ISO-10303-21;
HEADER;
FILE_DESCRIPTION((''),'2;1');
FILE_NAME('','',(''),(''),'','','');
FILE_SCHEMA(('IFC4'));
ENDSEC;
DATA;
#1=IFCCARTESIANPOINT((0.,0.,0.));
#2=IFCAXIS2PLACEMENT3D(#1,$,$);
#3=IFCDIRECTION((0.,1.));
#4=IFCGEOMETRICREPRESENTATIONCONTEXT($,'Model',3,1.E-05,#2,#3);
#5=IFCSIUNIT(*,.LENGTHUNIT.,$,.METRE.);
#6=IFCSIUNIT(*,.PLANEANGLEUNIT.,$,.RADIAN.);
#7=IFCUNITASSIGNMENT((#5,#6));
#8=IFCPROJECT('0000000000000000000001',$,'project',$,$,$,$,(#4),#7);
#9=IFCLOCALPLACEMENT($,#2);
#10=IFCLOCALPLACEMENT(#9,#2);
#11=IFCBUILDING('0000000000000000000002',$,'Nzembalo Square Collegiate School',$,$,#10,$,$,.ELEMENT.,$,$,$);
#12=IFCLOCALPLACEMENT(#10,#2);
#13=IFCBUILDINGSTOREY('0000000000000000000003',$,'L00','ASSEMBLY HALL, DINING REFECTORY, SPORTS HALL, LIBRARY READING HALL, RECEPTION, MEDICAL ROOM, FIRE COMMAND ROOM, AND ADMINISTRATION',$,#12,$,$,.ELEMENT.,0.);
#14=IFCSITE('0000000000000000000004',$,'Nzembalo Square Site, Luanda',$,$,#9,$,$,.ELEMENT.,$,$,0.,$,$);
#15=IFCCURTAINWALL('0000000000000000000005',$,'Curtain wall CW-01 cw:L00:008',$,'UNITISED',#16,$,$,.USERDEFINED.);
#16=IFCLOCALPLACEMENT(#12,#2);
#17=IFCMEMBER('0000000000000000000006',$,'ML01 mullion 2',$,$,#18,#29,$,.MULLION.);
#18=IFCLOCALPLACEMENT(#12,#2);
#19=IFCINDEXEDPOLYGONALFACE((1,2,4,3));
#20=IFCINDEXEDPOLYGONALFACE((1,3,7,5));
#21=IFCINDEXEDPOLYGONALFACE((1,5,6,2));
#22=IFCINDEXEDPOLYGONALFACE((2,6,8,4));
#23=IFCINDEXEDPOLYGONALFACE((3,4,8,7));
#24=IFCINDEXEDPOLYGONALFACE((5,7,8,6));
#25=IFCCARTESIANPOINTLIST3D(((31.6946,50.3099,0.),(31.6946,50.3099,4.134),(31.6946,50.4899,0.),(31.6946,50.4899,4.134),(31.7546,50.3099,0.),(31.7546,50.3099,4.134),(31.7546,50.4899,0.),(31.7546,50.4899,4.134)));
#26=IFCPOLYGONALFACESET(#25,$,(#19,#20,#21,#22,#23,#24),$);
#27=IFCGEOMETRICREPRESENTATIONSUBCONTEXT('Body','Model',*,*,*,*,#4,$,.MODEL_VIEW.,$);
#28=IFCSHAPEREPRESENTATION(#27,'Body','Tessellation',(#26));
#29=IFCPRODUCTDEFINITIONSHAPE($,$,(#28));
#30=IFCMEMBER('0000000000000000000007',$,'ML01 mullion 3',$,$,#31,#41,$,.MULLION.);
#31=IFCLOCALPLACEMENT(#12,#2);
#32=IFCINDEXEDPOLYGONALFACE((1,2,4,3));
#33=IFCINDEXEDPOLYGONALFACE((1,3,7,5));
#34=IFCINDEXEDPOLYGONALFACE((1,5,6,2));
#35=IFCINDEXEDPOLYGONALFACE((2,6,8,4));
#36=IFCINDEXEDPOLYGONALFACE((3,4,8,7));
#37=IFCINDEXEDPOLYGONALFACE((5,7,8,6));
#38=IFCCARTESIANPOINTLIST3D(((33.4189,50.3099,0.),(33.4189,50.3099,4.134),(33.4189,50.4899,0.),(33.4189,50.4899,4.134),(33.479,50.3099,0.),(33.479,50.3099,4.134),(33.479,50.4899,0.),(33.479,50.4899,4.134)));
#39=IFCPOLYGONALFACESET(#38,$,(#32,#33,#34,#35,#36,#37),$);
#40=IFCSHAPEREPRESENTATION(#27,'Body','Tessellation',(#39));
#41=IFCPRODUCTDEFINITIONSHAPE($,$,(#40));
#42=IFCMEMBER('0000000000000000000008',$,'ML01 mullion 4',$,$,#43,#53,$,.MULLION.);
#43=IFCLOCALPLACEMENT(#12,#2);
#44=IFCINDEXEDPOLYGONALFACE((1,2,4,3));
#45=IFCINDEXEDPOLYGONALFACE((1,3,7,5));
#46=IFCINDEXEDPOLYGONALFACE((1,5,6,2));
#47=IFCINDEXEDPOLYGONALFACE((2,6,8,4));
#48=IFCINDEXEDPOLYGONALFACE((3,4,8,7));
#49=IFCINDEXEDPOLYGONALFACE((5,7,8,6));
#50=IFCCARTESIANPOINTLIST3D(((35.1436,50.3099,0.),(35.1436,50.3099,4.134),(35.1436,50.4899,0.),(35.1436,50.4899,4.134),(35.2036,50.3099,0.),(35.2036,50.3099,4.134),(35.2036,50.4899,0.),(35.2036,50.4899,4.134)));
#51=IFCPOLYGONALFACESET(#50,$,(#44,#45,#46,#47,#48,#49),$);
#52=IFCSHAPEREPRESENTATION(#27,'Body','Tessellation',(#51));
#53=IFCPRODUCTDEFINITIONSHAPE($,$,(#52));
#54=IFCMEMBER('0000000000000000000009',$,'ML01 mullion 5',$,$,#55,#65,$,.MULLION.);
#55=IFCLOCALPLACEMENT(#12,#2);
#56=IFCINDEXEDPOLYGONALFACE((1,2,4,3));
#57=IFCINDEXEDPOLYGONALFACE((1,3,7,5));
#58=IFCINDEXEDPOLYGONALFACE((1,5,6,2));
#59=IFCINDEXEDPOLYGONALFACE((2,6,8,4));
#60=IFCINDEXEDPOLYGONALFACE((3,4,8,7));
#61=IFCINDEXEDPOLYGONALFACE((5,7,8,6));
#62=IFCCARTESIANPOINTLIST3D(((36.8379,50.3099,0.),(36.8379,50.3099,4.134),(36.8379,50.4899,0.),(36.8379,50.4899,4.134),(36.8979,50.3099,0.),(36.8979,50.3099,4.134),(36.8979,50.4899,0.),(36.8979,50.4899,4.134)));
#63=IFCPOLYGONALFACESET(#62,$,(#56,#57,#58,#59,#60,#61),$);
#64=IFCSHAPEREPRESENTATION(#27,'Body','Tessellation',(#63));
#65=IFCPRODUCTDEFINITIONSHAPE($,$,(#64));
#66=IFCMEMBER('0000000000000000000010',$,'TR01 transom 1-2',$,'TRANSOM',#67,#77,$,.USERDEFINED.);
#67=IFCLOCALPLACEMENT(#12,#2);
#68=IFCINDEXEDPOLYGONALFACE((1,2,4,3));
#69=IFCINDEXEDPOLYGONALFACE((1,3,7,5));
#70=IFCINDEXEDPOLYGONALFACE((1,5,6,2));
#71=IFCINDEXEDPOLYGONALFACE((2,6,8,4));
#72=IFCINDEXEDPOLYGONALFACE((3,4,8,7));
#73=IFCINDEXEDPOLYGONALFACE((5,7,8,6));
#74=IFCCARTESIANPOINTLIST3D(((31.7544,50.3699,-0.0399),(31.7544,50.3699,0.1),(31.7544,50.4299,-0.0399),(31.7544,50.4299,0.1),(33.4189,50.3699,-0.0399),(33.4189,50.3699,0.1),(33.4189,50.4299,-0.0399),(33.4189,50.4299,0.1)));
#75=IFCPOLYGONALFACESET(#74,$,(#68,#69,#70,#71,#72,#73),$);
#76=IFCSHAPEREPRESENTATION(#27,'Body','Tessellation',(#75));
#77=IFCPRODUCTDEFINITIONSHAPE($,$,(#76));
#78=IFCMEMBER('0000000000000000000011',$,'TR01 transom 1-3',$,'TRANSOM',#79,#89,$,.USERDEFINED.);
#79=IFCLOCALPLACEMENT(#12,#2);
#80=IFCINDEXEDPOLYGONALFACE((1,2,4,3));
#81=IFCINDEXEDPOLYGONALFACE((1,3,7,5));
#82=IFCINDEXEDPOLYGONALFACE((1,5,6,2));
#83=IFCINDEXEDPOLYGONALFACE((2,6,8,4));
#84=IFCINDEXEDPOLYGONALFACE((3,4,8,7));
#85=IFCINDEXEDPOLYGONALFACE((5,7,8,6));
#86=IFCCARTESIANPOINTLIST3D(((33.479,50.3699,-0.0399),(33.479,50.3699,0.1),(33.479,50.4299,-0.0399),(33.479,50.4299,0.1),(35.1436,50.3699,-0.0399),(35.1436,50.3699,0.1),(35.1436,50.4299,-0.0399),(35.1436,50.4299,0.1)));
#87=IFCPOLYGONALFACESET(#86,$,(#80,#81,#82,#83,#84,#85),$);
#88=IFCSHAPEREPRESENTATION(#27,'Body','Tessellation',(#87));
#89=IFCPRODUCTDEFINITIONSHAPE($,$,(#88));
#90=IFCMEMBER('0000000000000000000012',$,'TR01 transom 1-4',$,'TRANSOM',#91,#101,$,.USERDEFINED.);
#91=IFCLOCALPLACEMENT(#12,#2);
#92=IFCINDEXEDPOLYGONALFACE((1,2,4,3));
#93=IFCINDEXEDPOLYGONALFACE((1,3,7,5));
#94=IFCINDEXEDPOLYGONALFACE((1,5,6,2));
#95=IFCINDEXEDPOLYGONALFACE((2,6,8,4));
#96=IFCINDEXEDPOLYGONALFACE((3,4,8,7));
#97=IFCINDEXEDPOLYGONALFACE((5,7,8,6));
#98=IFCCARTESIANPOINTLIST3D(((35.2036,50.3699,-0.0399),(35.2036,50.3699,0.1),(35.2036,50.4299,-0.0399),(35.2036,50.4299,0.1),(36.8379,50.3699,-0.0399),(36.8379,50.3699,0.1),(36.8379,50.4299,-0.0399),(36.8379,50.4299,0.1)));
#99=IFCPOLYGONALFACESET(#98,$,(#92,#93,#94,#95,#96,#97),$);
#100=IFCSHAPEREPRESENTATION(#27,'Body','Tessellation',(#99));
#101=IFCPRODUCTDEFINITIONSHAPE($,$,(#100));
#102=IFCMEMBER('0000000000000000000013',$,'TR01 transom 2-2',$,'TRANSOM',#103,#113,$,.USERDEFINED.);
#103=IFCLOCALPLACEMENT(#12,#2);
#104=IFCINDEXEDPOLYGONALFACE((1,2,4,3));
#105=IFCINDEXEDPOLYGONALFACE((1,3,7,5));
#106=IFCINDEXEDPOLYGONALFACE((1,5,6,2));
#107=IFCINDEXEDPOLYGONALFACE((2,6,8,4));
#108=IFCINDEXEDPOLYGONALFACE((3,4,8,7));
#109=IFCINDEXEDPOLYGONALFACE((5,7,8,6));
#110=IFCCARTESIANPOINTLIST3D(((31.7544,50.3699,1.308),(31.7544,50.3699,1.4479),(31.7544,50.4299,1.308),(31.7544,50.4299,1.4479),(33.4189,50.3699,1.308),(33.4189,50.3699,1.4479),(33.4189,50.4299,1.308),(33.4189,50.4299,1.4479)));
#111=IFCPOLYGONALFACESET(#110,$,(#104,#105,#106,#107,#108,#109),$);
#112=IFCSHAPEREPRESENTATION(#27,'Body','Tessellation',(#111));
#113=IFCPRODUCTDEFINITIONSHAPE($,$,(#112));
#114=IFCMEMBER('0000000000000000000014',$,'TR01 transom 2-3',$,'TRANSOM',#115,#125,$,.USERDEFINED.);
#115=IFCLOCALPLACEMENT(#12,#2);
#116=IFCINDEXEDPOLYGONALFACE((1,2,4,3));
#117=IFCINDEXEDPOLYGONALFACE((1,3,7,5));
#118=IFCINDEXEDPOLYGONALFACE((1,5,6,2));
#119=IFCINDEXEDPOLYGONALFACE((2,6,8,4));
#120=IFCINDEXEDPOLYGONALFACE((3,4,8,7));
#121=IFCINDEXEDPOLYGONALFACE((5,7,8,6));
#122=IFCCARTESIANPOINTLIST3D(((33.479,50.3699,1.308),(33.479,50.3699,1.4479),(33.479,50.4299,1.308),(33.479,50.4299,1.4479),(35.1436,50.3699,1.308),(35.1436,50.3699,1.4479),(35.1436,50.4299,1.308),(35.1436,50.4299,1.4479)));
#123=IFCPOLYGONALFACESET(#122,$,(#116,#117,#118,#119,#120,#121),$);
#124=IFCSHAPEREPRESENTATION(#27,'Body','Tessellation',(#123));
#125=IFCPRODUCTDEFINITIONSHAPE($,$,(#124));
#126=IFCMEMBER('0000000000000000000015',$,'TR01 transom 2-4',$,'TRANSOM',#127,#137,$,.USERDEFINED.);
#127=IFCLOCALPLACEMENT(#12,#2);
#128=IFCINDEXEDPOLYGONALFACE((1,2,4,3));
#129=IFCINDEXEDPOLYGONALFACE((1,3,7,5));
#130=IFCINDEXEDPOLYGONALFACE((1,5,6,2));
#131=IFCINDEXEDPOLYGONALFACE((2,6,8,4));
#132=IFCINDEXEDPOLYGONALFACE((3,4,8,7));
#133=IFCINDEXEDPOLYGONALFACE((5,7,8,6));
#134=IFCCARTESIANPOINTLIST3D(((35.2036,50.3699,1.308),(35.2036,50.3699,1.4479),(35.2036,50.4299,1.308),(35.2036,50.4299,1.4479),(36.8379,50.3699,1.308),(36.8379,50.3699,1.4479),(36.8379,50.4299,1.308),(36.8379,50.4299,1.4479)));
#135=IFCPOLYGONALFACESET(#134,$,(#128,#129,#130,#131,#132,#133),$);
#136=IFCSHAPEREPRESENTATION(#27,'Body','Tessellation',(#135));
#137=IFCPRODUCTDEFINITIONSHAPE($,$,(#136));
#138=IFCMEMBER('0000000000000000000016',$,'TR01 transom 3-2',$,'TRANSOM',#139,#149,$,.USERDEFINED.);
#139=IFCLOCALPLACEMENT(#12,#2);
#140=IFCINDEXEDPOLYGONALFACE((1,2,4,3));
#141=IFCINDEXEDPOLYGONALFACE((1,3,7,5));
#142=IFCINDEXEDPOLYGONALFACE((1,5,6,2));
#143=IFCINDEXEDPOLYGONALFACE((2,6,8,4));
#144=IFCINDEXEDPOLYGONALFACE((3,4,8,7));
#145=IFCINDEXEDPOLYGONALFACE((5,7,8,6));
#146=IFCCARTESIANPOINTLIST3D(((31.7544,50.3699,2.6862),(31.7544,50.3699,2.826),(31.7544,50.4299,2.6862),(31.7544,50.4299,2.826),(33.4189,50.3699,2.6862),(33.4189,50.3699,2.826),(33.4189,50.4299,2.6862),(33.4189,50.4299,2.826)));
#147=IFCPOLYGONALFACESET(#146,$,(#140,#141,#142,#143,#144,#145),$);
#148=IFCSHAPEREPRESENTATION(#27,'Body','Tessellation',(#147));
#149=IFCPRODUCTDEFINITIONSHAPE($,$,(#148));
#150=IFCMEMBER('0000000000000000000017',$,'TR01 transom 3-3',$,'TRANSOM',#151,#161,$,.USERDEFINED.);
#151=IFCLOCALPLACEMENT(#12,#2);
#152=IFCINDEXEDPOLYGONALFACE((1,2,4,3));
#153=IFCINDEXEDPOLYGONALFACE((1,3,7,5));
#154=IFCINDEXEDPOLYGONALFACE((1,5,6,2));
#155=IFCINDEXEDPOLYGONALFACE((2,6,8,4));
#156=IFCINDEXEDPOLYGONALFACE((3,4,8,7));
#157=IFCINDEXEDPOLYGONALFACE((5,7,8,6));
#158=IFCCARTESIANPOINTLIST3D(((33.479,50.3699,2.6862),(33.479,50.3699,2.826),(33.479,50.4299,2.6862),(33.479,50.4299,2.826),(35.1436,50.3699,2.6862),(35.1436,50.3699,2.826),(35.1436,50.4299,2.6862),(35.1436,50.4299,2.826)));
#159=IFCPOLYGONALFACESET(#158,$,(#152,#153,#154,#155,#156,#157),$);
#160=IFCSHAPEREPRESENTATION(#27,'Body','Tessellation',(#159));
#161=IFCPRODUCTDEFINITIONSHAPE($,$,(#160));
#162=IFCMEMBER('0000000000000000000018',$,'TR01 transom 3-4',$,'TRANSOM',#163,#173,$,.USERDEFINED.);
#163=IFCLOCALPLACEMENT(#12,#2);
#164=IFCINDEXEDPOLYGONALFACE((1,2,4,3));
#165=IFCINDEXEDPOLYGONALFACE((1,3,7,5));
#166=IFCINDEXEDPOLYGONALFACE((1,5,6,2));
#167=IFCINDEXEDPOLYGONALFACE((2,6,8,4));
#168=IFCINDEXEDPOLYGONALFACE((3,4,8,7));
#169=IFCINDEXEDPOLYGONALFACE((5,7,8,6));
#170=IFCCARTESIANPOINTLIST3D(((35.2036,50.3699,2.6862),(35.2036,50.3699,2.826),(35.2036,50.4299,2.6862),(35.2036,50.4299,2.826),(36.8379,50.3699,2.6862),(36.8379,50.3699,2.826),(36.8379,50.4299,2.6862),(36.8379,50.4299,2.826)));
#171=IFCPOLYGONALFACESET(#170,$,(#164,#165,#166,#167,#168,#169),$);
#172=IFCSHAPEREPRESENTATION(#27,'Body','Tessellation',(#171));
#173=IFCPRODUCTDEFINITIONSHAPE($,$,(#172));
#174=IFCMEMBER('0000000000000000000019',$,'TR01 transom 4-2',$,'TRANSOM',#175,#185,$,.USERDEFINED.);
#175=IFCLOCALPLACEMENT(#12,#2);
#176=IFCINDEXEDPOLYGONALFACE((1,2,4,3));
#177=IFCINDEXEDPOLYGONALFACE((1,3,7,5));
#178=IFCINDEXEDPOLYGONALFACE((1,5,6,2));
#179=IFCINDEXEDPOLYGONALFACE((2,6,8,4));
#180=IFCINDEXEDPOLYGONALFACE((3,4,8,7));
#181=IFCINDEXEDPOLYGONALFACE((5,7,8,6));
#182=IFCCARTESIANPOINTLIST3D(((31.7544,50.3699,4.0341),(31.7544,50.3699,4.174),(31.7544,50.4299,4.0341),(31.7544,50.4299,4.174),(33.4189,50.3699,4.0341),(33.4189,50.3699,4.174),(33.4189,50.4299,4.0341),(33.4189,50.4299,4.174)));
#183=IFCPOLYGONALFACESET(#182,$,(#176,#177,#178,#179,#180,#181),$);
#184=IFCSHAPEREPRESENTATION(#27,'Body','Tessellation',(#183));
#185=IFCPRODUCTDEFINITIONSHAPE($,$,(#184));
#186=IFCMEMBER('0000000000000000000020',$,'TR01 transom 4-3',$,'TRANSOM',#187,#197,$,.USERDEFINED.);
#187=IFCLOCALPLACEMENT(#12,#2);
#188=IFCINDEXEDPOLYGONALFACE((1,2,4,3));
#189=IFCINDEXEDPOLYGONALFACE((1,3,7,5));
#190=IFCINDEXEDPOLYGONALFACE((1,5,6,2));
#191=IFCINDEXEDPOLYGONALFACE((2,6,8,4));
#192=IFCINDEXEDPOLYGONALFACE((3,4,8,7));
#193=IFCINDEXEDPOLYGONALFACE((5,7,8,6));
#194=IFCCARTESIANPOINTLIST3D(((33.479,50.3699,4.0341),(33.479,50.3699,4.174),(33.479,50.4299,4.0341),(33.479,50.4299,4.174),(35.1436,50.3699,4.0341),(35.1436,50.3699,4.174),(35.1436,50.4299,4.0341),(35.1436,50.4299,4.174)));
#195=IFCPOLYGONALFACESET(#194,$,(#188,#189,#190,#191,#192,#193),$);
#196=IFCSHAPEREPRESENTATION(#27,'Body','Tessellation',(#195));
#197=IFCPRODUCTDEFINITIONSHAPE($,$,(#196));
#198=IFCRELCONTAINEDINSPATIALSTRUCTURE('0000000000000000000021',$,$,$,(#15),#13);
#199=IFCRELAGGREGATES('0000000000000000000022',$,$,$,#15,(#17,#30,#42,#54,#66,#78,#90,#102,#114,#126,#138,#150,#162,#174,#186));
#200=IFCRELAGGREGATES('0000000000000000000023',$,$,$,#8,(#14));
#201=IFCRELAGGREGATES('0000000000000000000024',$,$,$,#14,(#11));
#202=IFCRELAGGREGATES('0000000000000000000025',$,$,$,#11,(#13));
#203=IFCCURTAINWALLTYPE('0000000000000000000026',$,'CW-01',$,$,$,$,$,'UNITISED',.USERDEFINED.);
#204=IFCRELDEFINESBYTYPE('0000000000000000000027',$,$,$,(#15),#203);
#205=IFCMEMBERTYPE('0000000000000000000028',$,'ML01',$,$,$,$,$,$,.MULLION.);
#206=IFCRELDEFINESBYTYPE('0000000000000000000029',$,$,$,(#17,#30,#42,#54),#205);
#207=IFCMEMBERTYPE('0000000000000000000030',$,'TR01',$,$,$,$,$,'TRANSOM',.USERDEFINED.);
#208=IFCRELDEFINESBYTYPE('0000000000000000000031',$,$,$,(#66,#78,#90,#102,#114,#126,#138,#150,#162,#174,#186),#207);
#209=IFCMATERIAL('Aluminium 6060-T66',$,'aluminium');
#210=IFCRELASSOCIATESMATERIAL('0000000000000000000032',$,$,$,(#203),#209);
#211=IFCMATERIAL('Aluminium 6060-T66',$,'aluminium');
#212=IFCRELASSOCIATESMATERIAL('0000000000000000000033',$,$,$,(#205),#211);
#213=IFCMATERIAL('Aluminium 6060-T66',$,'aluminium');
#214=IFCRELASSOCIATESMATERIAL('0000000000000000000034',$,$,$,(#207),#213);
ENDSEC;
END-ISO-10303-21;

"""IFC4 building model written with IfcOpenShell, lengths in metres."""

from ifc_helpers import new_model, si_unit, direction, frame, origin, origin_2d, place, context, subcontext, project, spatial, rectangle, extrude, material, material_profile, profile_set, type_object, element, aggregate, save


model = new_model("IFC4")

# Units and contexts
model_context = context("Model", 3, precision=1e-05, world=origin(), true_north=direction((0.0, 1.0)))
body_context = subcontext(model_context, "Body", "Model", "MODEL_VIEW")
ifc_project = project(units=[si_unit("LENGTHUNIT", "METRE"), si_unit("PLANEANGLEUNIT", "RADIAN")], contexts=[model_context])

# Site, building, storey
site_placement = place(None, origin())
site = spatial("IfcSite", under=ifc_project, at=site_placement, Name="Nzembalo Square Site, Luanda", CompositionType="ELEMENT", RefElevation=0.0)
building_placement = place(site_placement, origin())
building = spatial("IfcBuilding", under=site, at=building_placement, Name="Nzembalo Square Collegiate School", CompositionType="ELEMENT")
storey_placement = place(building_placement, origin())
storey = spatial("IfcBuildingStorey", under=building, at=storey_placement, Name="L00", Description="ASSEMBLY HALL, DINING REFECTORY, SPORTS HALL, LIBRARY READING HALL, RECEPTION, MEDICAL ROOM, FIRE COMMAND ROOM, AND ADMINISTRATION", CompositionType="ELEMENT", Elevation=0.0)

# Curtain wall, members
ifc_material_1 = material(Name="Aluminium 6060-T66", Category="aluminium")
curtain_wall_type = type_object("IfcCurtainWallType", Name="CW-01", ElementType="UNITISED", PredefinedType="USERDEFINED", material=ifc_material_1)
curtain_wall_placement = place(storey_placement, origin())
curtain_wall = element("IfcCurtainWall", 1, at=curtain_wall_placement, inside=storey, type_object=curtain_wall_type, Name="Curtain wall CW-01 cw:L00:008", ObjectType="UNITISED", PredefinedType="USERDEFINED")
ifc_material_2 = material(Name="Aluminium 6060-T66", Category="aluminium")
ifc_material_profile_1 = material_profile(ifc_material_2, rectangle(XDim=0.0601, YDim=0.1799, at=origin_2d()), Name="ALU M60x180")
ifc_profile_set_1 = profile_set([ifc_material_profile_1], Name="Aluminium 6060-T66")
member_type_1 = type_object("IfcMemberType", Name="ML01", PredefinedType="MULLION", material=ifc_profile_set_1)
member_1_placement = place(storey_placement, frame((31.7246, 50.3999, 0.0), z_axis=(0.0, 0.0, 1.0), x_axis=(1.0, 0.0, 0.0)))
member_1 = element("IfcMember", 2, at=member_1_placement, type_object=member_type_1, Name="ML01 mullion 2", PredefinedType="MULLION", context=body_context, shape_type="SweptSolid", body=[
    extrude(rectangle(XDim=0.0601, YDim=0.1799, at=origin_2d()), origin(), (0.0, 0.0, 1.0), 4.134),
])
member_2_placement = place(storey_placement, frame((33.449, 50.3999, 0.0), z_axis=(0.0, 0.0, 1.0), x_axis=(1.0, 0.0, 0.0)))
member_2 = element("IfcMember", 3, at=member_2_placement, type_object=member_type_1, Name="ML01 mullion 3", PredefinedType="MULLION", context=body_context, shape_type="SweptSolid", body=[
    extrude(rectangle(XDim=0.0601, YDim=0.1799, at=origin_2d()), origin(), (0.0, 0.0, 1.0), 4.134),
])
member_3_placement = place(storey_placement, frame((35.1736, 50.3999, 0.0), z_axis=(0.0, 0.0, 1.0), x_axis=(1.0, 0.0, 0.0)))
member_3 = element("IfcMember", 4, at=member_3_placement, type_object=member_type_1, Name="ML01 mullion 4", PredefinedType="MULLION", context=body_context, shape_type="SweptSolid", body=[
    extrude(rectangle(XDim=0.0601, YDim=0.1799, at=origin_2d()), origin(), (0.0, 0.0, 1.0), 4.134),
])
member_4_placement = place(storey_placement, frame((36.8679, 50.3999, 0.0), z_axis=(0.0, 0.0, 1.0), x_axis=(1.0, 0.0, 0.0)))
member_4 = element("IfcMember", 5, at=member_4_placement, type_object=member_type_1, Name="ML01 mullion 5", PredefinedType="MULLION", context=body_context, shape_type="SweptSolid", body=[
    extrude(rectangle(XDim=0.0601, YDim=0.1799, at=origin_2d()), origin(), (0.0, 0.0, 1.0), 4.134),
])
ifc_material_3 = material(Name="Aluminium 6060-T66", Category="aluminium")
ifc_material_profile_2 = material_profile(ifc_material_3, rectangle(XDim=0.0601, YDim=0.1399, at=origin_2d()), Name="ALU T60x140")
ifc_profile_set_2 = profile_set([ifc_material_profile_2], Name="Aluminium 6060-T66")
member_type_2 = type_object("IfcMemberType", Name="TR01", ElementType="TRANSOM", PredefinedType="USERDEFINED", material=ifc_profile_set_2)
member_5_placement = place(storey_placement, frame((31.7544, 50.3999, 0.03), z_axis=(1.0, 0.0, 0.0), x_axis=(0.0, 1.0, 0.0)))
member_5 = element("IfcMember", 6, at=member_5_placement, type_object=member_type_2, Name="TR01 transom 1-2", ObjectType="TRANSOM", PredefinedType="USERDEFINED", context=body_context, shape_type="SweptSolid", body=[
    extrude(rectangle(XDim=0.0601, YDim=0.1399, at=origin_2d()), origin(), (0.0, 0.0, 1.0), 1.6646),
])
member_6_placement = place(storey_placement, frame((33.479, 50.3999, 0.03), z_axis=(1.0, 0.0, 0.0), x_axis=(0.0, 1.0, 0.0)))
member_6 = element("IfcMember", 7, at=member_6_placement, type_object=member_type_2, Name="TR01 transom 1-3", ObjectType="TRANSOM", PredefinedType="USERDEFINED", context=body_context, shape_type="SweptSolid", body=[
    extrude(rectangle(XDim=0.0601, YDim=0.1399, at=origin_2d()), origin(), (0.0, 0.0, 1.0), 1.6646),
])
member_7_placement = place(storey_placement, frame((35.2036, 50.3999, 0.03), z_axis=(1.0, 0.0, 0.0), x_axis=(0.0, 1.0, 0.0)))
member_7 = element("IfcMember", 8, at=member_7_placement, type_object=member_type_2, Name="TR01 transom 1-4", ObjectType="TRANSOM", PredefinedType="USERDEFINED", context=body_context, shape_type="SweptSolid", body=[
    extrude(rectangle(XDim=0.0601, YDim=0.1399, at=origin_2d()), origin(), (0.0, 0.0, 1.0), 1.6343),
])
member_8_placement = place(storey_placement, frame((31.7544, 50.3999, 1.3779), z_axis=(1.0, 0.0, 0.0), x_axis=(0.0, 1.0, 0.0)))
member_8 = element("IfcMember", 9, at=member_8_placement, type_object=member_type_2, Name="TR01 transom 2-2", ObjectType="TRANSOM", PredefinedType="USERDEFINED", context=body_context, shape_type="SweptSolid", body=[
    extrude(rectangle(XDim=0.0601, YDim=0.1399, at=origin_2d()), origin(), (0.0, 0.0, 1.0), 1.6646),
])
member_9_placement = place(storey_placement, frame((33.479, 50.3999, 1.3779), z_axis=(1.0, 0.0, 0.0), x_axis=(0.0, 1.0, 0.0)))
member_9 = element("IfcMember", 10, at=member_9_placement, type_object=member_type_2, Name="TR01 transom 2-3", ObjectType="TRANSOM", PredefinedType="USERDEFINED", context=body_context, shape_type="SweptSolid", body=[
    extrude(rectangle(XDim=0.0601, YDim=0.1399, at=origin_2d()), origin(), (0.0, 0.0, 1.0), 1.6646),
])
member_10_placement = place(storey_placement, frame((35.2036, 50.3999, 1.3779), z_axis=(1.0, 0.0, 0.0), x_axis=(0.0, 1.0, 0.0)))
member_10 = element("IfcMember", 11, at=member_10_placement, type_object=member_type_2, Name="TR01 transom 2-4", ObjectType="TRANSOM", PredefinedType="USERDEFINED", context=body_context, shape_type="SweptSolid", body=[
    extrude(rectangle(XDim=0.0601, YDim=0.1399, at=origin_2d()), origin(), (0.0, 0.0, 1.0), 1.6343),
])
member_11_placement = place(storey_placement, frame((31.7544, 50.3999, 2.7561), z_axis=(1.0, 0.0, 0.0), x_axis=(0.0, 1.0, 0.0)))
member_11 = element("IfcMember", 12, at=member_11_placement, type_object=member_type_2, Name="TR01 transom 3-2", ObjectType="TRANSOM", PredefinedType="USERDEFINED", context=body_context, shape_type="SweptSolid", body=[
    extrude(rectangle(XDim=0.0601, YDim=0.1399, at=origin_2d()), origin(), (0.0, 0.0, 1.0), 1.6646),
])
member_12_placement = place(storey_placement, frame((33.479, 50.3999, 2.7561), z_axis=(1.0, 0.0, 0.0), x_axis=(0.0, 1.0, 0.0)))
member_12 = element("IfcMember", 13, at=member_12_placement, type_object=member_type_2, Name="TR01 transom 3-3", ObjectType="TRANSOM", PredefinedType="USERDEFINED", context=body_context, shape_type="SweptSolid", body=[
    extrude(rectangle(XDim=0.0601, YDim=0.1399, at=origin_2d()), origin(), (0.0, 0.0, 1.0), 1.6646),
])
member_13_placement = place(storey_placement, frame((35.2036, 50.3999, 2.7561), z_axis=(1.0, 0.0, 0.0), x_axis=(0.0, 1.0, 0.0)))
member_13 = element("IfcMember", 14, at=member_13_placement, type_object=member_type_2, Name="TR01 transom 3-4", ObjectType="TRANSOM", PredefinedType="USERDEFINED", context=body_context, shape_type="SweptSolid", body=[
    extrude(rectangle(XDim=0.0601, YDim=0.1399, at=origin_2d()), origin(), (0.0, 0.0, 1.0), 1.6343),
])
member_14_placement = place(storey_placement, frame((31.7544, 50.3999, 4.104), z_axis=(1.0, 0.0, 0.0), x_axis=(0.0, 1.0, 0.0)))
member_14 = element("IfcMember", 15, at=member_14_placement, type_object=member_type_2, Name="TR01 transom 4-2", ObjectType="TRANSOM", PredefinedType="USERDEFINED", context=body_context, shape_type="SweptSolid", body=[
    extrude(rectangle(XDim=0.0601, YDim=0.1399, at=origin_2d()), origin(), (0.0, 0.0, 1.0), 1.6646),
])
member_15_placement = place(storey_placement, frame((33.479, 50.3999, 4.104), z_axis=(1.0, 0.0, 0.0), x_axis=(0.0, 1.0, 0.0)))
member_15 = element("IfcMember", 16, at=member_15_placement, type_object=member_type_2, Name="TR01 transom 4-3", ObjectType="TRANSOM", PredefinedType="USERDEFINED", context=body_context, shape_type="SweptSolid", body=[
    extrude(rectangle(XDim=0.0601, YDim=0.1399, at=origin_2d()), origin(), (0.0, 0.0, 1.0), 1.6646),
])
aggregate(curtain_wall, [member_1, member_2, member_3, member_4, member_5, member_6, member_7, member_8, member_9, member_10, member_11, member_12, member_13, member_14, member_15])

save(model, "model.ifc")
